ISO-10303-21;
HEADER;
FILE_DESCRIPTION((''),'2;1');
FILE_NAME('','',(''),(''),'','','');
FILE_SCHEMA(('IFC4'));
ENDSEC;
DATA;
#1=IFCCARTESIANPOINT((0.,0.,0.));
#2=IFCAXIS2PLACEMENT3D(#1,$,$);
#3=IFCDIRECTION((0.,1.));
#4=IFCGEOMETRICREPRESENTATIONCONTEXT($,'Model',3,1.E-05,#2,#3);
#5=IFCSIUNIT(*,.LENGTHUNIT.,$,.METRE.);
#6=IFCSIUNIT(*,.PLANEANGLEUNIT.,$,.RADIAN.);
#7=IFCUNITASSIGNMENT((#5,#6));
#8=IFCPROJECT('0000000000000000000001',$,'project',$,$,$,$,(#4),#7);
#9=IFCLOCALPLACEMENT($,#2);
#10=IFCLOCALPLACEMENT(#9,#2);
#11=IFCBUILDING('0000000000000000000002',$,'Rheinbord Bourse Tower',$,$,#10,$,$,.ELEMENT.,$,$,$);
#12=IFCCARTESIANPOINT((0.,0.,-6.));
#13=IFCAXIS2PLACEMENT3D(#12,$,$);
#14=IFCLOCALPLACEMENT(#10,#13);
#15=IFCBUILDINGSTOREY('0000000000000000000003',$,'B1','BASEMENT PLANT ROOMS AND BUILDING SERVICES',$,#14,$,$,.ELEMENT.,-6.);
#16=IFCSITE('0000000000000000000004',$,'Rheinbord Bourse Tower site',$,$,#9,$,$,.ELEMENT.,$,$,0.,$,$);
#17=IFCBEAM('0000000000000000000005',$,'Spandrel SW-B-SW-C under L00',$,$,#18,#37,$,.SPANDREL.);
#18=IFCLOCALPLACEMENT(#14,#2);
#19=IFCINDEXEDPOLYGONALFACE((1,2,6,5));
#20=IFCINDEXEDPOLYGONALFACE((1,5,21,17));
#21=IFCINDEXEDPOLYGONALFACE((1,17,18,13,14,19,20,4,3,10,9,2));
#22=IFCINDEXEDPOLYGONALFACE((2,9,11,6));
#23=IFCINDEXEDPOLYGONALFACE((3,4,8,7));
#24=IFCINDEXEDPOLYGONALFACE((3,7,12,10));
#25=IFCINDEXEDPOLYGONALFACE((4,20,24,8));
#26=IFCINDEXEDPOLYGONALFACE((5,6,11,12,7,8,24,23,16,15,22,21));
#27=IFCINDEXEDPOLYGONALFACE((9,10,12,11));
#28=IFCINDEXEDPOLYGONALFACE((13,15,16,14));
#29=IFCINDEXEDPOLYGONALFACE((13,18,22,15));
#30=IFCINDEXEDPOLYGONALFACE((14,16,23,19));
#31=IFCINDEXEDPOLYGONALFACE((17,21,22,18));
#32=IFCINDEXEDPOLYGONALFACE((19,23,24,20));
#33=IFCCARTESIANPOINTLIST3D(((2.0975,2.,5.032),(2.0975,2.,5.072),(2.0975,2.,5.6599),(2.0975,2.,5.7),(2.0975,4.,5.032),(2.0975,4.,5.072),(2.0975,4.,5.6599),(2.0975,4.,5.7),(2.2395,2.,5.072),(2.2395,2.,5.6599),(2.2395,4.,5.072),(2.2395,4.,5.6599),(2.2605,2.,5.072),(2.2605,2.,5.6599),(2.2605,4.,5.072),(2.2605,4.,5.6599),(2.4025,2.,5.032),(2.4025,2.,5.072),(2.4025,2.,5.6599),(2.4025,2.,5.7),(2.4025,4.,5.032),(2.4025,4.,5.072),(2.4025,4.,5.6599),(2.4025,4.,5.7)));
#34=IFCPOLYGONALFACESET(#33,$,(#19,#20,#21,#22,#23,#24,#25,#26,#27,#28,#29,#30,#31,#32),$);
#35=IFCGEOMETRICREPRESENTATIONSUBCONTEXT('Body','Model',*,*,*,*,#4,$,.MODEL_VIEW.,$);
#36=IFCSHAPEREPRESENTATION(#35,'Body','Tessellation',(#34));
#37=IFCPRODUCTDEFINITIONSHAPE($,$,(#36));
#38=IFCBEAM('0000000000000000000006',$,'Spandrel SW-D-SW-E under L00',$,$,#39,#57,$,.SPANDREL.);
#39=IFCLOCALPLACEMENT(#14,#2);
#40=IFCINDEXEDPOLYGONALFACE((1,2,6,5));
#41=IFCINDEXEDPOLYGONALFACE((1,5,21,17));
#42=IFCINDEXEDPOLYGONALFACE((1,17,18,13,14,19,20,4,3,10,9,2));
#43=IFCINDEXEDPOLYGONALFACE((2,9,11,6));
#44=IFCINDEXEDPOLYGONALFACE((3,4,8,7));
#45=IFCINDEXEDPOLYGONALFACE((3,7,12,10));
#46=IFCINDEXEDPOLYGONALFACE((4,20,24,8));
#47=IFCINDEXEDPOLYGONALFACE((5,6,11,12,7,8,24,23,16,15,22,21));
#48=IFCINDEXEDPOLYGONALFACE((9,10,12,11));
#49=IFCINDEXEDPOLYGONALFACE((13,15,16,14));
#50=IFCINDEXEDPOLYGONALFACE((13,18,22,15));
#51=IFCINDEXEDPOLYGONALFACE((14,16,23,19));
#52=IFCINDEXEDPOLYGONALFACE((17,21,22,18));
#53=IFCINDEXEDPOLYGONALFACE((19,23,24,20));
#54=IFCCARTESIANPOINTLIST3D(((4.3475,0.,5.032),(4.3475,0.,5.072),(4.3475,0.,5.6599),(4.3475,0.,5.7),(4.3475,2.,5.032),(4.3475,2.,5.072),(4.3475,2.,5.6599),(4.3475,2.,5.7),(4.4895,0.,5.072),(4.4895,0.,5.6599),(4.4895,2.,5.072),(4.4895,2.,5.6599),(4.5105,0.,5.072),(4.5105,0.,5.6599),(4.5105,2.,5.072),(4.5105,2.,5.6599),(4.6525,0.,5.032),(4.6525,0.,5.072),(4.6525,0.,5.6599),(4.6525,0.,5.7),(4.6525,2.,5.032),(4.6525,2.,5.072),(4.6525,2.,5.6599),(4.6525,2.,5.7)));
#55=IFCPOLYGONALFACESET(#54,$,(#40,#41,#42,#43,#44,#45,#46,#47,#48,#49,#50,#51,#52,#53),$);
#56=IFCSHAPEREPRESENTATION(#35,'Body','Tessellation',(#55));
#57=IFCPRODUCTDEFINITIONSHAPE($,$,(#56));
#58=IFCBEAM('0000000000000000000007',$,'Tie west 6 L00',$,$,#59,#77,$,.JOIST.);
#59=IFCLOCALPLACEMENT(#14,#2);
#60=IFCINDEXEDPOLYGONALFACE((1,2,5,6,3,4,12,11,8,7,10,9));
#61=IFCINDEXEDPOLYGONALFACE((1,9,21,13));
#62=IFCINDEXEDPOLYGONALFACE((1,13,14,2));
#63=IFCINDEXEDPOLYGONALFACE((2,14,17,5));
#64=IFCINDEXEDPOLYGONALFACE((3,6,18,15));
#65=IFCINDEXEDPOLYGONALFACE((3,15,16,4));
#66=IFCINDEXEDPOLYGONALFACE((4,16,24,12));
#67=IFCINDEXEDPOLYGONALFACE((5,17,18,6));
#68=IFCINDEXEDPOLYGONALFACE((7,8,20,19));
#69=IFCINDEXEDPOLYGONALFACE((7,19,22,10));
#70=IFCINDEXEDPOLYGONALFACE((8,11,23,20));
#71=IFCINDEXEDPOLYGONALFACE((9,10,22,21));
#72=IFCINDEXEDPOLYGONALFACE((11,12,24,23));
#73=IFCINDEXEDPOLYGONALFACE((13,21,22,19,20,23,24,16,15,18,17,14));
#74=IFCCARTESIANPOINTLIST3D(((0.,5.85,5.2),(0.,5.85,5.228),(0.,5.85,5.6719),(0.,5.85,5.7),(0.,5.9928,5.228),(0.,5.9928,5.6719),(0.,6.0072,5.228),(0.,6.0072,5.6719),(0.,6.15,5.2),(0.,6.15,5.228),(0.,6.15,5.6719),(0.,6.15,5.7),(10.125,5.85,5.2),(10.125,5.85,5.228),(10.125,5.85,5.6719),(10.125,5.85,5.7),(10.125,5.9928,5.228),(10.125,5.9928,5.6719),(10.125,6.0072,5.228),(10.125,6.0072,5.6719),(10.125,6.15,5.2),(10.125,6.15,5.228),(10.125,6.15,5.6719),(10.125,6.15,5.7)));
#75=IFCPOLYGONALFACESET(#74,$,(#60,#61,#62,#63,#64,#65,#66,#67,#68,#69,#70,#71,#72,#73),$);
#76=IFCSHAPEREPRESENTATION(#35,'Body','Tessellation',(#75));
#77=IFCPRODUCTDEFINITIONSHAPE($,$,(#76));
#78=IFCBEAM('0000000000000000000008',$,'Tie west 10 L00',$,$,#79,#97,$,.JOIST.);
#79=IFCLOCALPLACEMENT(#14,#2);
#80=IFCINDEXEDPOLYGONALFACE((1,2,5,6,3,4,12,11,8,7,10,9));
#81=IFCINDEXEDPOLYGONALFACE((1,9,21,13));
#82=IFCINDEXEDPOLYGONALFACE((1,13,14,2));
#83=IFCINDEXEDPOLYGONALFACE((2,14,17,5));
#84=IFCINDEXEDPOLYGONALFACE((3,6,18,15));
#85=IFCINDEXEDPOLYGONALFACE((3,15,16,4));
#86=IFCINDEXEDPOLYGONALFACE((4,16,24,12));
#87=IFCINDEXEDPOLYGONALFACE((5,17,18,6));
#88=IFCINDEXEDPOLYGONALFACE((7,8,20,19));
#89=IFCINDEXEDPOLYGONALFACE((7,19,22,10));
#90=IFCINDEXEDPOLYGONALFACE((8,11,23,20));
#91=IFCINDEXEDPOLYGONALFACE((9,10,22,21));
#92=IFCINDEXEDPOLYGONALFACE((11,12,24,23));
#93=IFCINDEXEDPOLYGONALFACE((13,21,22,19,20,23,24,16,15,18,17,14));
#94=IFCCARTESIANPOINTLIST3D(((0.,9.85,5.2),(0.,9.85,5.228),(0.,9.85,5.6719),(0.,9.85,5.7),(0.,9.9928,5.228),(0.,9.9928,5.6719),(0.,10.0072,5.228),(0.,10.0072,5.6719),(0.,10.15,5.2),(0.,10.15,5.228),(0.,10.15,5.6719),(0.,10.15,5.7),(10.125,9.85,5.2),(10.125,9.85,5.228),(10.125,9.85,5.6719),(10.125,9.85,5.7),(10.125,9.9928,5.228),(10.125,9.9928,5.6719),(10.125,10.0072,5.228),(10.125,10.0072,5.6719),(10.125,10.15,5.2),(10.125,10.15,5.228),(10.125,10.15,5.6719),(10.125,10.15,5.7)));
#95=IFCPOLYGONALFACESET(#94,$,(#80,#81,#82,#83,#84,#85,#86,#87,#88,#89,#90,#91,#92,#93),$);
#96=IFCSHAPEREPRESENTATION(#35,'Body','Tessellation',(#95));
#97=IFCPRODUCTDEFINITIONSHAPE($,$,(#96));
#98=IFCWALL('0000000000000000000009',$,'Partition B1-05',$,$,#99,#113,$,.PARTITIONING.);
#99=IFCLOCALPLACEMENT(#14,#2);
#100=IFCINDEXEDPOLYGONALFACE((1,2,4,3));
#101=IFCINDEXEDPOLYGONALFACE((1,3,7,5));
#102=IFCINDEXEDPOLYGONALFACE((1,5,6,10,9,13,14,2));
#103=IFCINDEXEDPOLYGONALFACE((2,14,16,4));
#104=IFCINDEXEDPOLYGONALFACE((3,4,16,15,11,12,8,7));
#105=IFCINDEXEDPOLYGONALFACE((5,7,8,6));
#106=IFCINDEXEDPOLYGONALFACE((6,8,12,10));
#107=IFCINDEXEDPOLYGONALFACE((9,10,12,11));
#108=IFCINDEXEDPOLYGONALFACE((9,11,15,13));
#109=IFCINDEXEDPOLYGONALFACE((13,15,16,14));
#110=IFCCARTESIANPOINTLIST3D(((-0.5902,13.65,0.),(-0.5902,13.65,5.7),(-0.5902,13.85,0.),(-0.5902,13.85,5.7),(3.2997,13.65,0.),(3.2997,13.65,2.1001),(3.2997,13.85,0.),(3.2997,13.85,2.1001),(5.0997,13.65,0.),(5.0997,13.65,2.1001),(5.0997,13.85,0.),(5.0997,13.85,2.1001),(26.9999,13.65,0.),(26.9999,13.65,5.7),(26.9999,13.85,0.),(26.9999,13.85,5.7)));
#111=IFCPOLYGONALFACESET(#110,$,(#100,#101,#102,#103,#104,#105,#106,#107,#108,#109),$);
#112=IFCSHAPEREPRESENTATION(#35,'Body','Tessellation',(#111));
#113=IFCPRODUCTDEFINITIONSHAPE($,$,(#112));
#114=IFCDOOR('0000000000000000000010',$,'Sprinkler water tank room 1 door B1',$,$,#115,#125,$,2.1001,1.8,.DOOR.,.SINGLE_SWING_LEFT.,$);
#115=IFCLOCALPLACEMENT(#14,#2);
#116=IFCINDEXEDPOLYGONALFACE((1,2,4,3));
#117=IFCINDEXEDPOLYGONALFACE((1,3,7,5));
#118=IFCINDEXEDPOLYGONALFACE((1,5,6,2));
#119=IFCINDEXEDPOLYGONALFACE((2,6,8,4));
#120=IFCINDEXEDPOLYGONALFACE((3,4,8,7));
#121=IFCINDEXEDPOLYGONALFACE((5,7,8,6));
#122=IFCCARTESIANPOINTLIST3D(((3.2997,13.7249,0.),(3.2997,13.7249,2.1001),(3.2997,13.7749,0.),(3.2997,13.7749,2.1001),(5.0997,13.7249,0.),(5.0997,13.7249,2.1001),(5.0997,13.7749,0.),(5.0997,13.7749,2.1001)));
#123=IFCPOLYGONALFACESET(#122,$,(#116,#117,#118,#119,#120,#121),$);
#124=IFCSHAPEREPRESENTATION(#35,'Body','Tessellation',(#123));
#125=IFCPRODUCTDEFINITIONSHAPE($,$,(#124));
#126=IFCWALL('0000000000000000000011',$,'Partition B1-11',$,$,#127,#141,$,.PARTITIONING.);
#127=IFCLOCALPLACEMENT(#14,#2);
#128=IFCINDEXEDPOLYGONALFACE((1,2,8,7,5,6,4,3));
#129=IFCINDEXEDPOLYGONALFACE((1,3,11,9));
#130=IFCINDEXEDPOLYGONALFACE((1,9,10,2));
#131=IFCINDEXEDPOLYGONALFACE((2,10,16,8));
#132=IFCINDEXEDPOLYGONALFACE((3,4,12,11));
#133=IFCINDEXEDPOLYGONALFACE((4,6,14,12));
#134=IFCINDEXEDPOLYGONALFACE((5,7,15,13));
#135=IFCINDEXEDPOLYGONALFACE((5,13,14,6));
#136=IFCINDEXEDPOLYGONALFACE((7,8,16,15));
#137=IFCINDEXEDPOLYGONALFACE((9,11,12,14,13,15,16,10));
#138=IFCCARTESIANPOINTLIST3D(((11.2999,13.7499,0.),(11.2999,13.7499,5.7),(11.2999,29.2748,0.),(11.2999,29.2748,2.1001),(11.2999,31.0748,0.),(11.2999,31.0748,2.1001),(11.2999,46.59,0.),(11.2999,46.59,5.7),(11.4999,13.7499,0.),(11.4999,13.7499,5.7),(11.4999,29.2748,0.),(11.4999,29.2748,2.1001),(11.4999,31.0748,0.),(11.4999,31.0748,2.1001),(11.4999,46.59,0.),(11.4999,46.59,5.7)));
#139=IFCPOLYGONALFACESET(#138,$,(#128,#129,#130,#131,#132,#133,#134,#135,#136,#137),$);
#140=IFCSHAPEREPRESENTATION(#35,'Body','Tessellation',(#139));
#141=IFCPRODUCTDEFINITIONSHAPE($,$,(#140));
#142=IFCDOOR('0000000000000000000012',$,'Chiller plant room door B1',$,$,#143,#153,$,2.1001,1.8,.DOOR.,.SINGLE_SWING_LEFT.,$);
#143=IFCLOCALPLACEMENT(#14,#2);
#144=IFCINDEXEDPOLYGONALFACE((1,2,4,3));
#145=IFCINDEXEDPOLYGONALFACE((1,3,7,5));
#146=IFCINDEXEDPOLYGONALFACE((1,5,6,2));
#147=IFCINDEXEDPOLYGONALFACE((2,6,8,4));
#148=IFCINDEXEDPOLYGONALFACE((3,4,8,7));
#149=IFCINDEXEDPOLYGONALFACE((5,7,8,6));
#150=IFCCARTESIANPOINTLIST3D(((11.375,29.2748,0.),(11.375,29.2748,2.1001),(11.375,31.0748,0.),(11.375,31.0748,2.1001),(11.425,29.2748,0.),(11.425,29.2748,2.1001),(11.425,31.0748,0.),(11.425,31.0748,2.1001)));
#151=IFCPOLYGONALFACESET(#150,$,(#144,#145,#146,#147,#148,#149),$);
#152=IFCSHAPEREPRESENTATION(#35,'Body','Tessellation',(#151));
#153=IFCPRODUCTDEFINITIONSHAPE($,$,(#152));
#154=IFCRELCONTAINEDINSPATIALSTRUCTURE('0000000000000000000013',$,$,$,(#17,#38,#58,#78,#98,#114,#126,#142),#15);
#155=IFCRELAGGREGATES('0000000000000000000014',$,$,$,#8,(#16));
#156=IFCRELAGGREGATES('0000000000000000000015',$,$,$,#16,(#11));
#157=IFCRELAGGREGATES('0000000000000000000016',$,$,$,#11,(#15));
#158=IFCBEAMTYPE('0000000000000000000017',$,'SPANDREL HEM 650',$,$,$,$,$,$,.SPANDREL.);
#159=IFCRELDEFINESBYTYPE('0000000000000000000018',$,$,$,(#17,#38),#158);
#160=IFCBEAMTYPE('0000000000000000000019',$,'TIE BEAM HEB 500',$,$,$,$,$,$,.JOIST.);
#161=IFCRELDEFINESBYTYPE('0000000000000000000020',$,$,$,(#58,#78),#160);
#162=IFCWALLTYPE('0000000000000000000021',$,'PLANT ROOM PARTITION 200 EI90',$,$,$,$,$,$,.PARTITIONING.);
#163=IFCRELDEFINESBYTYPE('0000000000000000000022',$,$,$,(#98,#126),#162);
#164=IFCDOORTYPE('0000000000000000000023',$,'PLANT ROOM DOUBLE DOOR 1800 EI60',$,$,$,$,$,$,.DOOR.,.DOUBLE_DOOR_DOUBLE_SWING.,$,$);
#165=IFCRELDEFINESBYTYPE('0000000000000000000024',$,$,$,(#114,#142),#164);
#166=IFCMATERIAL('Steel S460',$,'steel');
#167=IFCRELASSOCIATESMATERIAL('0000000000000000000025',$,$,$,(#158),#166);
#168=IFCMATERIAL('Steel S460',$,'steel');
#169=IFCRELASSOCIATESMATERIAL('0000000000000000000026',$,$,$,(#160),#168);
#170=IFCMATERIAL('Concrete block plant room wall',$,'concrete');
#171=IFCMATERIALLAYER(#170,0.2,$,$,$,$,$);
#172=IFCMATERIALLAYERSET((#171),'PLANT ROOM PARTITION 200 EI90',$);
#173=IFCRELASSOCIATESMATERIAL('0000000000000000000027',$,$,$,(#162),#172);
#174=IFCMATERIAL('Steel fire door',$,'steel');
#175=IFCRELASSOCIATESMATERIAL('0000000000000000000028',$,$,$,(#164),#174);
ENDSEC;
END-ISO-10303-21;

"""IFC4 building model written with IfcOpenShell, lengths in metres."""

from ifc_helpers import new_model, si_unit, direction, frame, frame_2d, origin, origin_2d, place, context, subcontext, project, spatial, rectangle, i_section, extrude, material, layer, layer_set, material_profile, profile_set, type_object, element, fill, save


model = new_model("IFC4")

# Units and contexts
model_context = context("Model", 3, precision=1e-05, world=origin(), true_north=direction((0.0, 1.0)))
body_context = subcontext(model_context, "Body", "Model", "MODEL_VIEW")
ifc_project = project(units=[si_unit("LENGTHUNIT", "METRE"), si_unit("PLANEANGLEUNIT", "RADIAN")], contexts=[model_context])

# Site, building, storey
site_placement = place(None, origin())
site = spatial("IfcSite", under=ifc_project, at=site_placement, Name="Rheinbord Bourse Tower site", CompositionType="ELEMENT", RefElevation=0.0)
building_placement = place(site_placement, origin())
building = spatial("IfcBuilding", under=site, at=building_placement, Name="Rheinbord Bourse Tower", CompositionType="ELEMENT")
storey_placement = place(building_placement, frame((0.0, 0.0, -6.0)))
storey = spatial("IfcBuildingStorey", under=building, at=storey_placement, Name="B1", Description="BASEMENT PLANT ROOMS AND BUILDING SERVICES", CompositionType="ELEMENT", Elevation=-6.0)

# Beams
ifc_material_1 = material(Name="Steel S460", Category="steel")
ifc_material_profile_1 = material_profile(ifc_material_1, i_section(OverallWidth=0.3049, OverallDepth=0.668, WebThickness=0.021, FlangeThickness=0.04, at=origin_2d()), Name="HEM 650")
ifc_profile_set_1 = profile_set([ifc_material_profile_1], Name="Steel S460")
beam_type_1 = type_object("IfcBeamType", Name="SPANDREL HEM 650", PredefinedType="SPANDREL", material=ifc_profile_set_1)
for number, where, z_axis, x_axis, name in (
    (1, (2.25, 4.0, 5.366), (0.0, -1.0, 0.0), (1.0, 0.0, 0.0), "Spandrel SW-B-SW-C under L00"),
    (2, (4.5, 2.0, 5.366), (0.0, -1.0, 0.0), (1.0, 0.0, 0.0), "Spandrel SW-D-SW-E under L00"),
):
    element("IfcBeam", number, at=place(storey_placement, frame(where, z_axis=z_axis, x_axis=x_axis)), inside=storey, type_object=beam_type_1, Name=name, PredefinedType="SPANDREL", context=body_context, shape_type="SweptSolid", body=[
        extrude(i_section(OverallWidth=0.3049, OverallDepth=0.668, WebThickness=0.021, FlangeThickness=0.04, at=origin_2d()), origin(), (0.0, 0.0, 1.0), 2.0),
    ])
ifc_material_2 = material(Name="Steel S460", Category="steel")
ifc_material_profile_2 = material_profile(ifc_material_2, i_section(OverallWidth=0.3, OverallDepth=0.5, WebThickness=0.0144, FlangeThickness=0.0281, at=origin_2d()), Name="HEB 500")
ifc_profile_set_2 = profile_set([ifc_material_profile_2], Name="Steel S460")
beam_type_2 = type_object("IfcBeamType", Name="TIE BEAM HEB 500", PredefinedType="JOIST", material=ifc_profile_set_2)
for number, where, z_axis, x_axis, name in (
    (3, (0.0, 6.0, 5.45), (1.0, 0.0, 0.0), (0.0, 1.0, 0.0), "Tie west 6 L00"),
    (4, (0.0, 10.0, 5.45), (1.0, 0.0, 0.0), (0.0, 1.0, 0.0), "Tie west 10 L00"),
):
    element("IfcBeam", number, at=place(storey_placement, frame(where, z_axis=z_axis, x_axis=x_axis)), inside=storey, type_object=beam_type_2, Name=name, PredefinedType="JOIST", context=body_context, shape_type="SweptSolid", body=[
        extrude(i_section(OverallWidth=0.3, OverallDepth=0.5, WebThickness=0.0144, FlangeThickness=0.0281, at=origin_2d()), origin(), (0.0, 0.0, 1.0), 10.125),
    ])

# Walls, openings, doors
ifc_material_3 = material(Name="Concrete block plant room wall", Category="concrete")
ifc_layer = layer(ifc_material_3, 0.2)
ifc_layer_set = layer_set([ifc_layer], Name="PLANT ROOM PARTITION 200 EI90")
wall_type = type_object("IfcWallType", Name="PLANT ROOM PARTITION 200 EI90", PredefinedType="PARTITIONING", material=ifc_layer_set)
wall_1_placement = place(storey_placement, frame((-0.5901, 13.75, 0.0), z_axis=(0.0, 0.0, 1.0), x_axis=(1.0, 0.0, 0.0)))
wall_1 = element("IfcWall", 5, at=wall_1_placement, inside=storey, type_object=wall_type, Name="Partition B1-05", PredefinedType="PARTITIONING", context=body_context, shape_type="SweptSolid", body=[
    extrude(rectangle(XDim=27.5901, YDim=0.2, at=frame_2d((13.7949, 0.0))), origin(), (0.0, 0.0, 1.0), 5.7),
])
opening_1_placement = place(wall_1_placement, frame((3.8899, 0.0, 0.0)))
opening_1 = element("IfcOpeningElement", 6, at=opening_1_placement, cuts=wall_1, PredefinedType="OPENING", context=body_context, shape_type="SweptSolid", body=[
    extrude(rectangle(XDim=1.8, YDim=2.1001, at=frame_2d((0.8999, 1.05))), frame((0.0, 0.1099, 0.0), z_axis=(0.0, -1.0, 0.0), x_axis=(1.0, 0.0, 0.0)), (0.0, 0.0, 1.0), 0.22),
])
ifc_material_4 = material(Name="Steel fire door", Category="steel")
door_type = type_object("IfcDoorType", Name="PLANT ROOM DOUBLE DOOR 1800 EI60", OperationType="DOUBLE_DOOR_DOUBLE_SWING", PredefinedType="DOOR", material=ifc_material_4)
door_1_placement = place(opening_1_placement, origin())
door_1 = element("IfcDoor", 7, at=door_1_placement, inside=storey, type_object=door_type, Name="Sprinkler water tank room 1 door B1", OperationType="SINGLE_SWING_LEFT", OverallHeight=2.1001, OverallWidth=1.8, PredefinedType="DOOR", context=body_context, shape_type="SweptSolid", body=[
    extrude(rectangle(XDim=1.8, YDim=2.1001, at=frame_2d((0.8999, 1.05))), frame((0.0, 0.0249, 0.0), z_axis=(0.0, -1.0, 0.0), x_axis=(1.0, 0.0, 0.0)), (0.0, 0.0, 1.0), 0.05),
])
fill(opening_1, door_1)
wall_2_placement = place(storey_placement, frame((11.3999, 13.75, 0.0), z_axis=(0.0, 0.0, 1.0), x_axis=(0.0, 1.0, 0.0)))
wall_2 = element("IfcWall", 8, at=wall_2_placement, inside=storey, type_object=wall_type, Name="Partition B1-11", PredefinedType="PARTITIONING", context=body_context, shape_type="SweptSolid", body=[
    extrude(rectangle(XDim=32.8401, YDim=0.2, at=frame_2d((16.4199, 0.0))), origin(), (0.0, 0.0, 1.0), 5.7),
])
opening_2_placement = place(wall_2_placement, frame((15.5249, 0.0, 0.0)))
opening_2 = element("IfcOpeningElement", 9, at=opening_2_placement, cuts=wall_2, PredefinedType="OPENING", context=body_context, shape_type="SweptSolid", body=[
    extrude(rectangle(XDim=1.8, YDim=2.1001, at=frame_2d((0.8999, 1.05))), frame((0.0, 0.1099, 0.0), z_axis=(0.0, -1.0, 0.0), x_axis=(1.0, 0.0, 0.0)), (0.0, 0.0, 1.0), 0.22),
])
door_2_placement = place(opening_2_placement, origin())
door_2 = element("IfcDoor", 10, at=door_2_placement, inside=storey, type_object=door_type, Name="Chiller plant room door B1", OperationType="SINGLE_SWING_LEFT", OverallHeight=2.1001, OverallWidth=1.8, PredefinedType="DOOR", context=body_context, shape_type="SweptSolid", body=[
    extrude(rectangle(XDim=1.8, YDim=2.1001, at=frame_2d((0.8999, 1.05))), frame((0.0, 0.0249, 0.0), z_axis=(0.0, -1.0, 0.0), x_axis=(1.0, 0.0, 0.0)), (0.0, 0.0, 1.0), 0.05),
])
fill(opening_2, door_2)

save(model, "model.ifc")
